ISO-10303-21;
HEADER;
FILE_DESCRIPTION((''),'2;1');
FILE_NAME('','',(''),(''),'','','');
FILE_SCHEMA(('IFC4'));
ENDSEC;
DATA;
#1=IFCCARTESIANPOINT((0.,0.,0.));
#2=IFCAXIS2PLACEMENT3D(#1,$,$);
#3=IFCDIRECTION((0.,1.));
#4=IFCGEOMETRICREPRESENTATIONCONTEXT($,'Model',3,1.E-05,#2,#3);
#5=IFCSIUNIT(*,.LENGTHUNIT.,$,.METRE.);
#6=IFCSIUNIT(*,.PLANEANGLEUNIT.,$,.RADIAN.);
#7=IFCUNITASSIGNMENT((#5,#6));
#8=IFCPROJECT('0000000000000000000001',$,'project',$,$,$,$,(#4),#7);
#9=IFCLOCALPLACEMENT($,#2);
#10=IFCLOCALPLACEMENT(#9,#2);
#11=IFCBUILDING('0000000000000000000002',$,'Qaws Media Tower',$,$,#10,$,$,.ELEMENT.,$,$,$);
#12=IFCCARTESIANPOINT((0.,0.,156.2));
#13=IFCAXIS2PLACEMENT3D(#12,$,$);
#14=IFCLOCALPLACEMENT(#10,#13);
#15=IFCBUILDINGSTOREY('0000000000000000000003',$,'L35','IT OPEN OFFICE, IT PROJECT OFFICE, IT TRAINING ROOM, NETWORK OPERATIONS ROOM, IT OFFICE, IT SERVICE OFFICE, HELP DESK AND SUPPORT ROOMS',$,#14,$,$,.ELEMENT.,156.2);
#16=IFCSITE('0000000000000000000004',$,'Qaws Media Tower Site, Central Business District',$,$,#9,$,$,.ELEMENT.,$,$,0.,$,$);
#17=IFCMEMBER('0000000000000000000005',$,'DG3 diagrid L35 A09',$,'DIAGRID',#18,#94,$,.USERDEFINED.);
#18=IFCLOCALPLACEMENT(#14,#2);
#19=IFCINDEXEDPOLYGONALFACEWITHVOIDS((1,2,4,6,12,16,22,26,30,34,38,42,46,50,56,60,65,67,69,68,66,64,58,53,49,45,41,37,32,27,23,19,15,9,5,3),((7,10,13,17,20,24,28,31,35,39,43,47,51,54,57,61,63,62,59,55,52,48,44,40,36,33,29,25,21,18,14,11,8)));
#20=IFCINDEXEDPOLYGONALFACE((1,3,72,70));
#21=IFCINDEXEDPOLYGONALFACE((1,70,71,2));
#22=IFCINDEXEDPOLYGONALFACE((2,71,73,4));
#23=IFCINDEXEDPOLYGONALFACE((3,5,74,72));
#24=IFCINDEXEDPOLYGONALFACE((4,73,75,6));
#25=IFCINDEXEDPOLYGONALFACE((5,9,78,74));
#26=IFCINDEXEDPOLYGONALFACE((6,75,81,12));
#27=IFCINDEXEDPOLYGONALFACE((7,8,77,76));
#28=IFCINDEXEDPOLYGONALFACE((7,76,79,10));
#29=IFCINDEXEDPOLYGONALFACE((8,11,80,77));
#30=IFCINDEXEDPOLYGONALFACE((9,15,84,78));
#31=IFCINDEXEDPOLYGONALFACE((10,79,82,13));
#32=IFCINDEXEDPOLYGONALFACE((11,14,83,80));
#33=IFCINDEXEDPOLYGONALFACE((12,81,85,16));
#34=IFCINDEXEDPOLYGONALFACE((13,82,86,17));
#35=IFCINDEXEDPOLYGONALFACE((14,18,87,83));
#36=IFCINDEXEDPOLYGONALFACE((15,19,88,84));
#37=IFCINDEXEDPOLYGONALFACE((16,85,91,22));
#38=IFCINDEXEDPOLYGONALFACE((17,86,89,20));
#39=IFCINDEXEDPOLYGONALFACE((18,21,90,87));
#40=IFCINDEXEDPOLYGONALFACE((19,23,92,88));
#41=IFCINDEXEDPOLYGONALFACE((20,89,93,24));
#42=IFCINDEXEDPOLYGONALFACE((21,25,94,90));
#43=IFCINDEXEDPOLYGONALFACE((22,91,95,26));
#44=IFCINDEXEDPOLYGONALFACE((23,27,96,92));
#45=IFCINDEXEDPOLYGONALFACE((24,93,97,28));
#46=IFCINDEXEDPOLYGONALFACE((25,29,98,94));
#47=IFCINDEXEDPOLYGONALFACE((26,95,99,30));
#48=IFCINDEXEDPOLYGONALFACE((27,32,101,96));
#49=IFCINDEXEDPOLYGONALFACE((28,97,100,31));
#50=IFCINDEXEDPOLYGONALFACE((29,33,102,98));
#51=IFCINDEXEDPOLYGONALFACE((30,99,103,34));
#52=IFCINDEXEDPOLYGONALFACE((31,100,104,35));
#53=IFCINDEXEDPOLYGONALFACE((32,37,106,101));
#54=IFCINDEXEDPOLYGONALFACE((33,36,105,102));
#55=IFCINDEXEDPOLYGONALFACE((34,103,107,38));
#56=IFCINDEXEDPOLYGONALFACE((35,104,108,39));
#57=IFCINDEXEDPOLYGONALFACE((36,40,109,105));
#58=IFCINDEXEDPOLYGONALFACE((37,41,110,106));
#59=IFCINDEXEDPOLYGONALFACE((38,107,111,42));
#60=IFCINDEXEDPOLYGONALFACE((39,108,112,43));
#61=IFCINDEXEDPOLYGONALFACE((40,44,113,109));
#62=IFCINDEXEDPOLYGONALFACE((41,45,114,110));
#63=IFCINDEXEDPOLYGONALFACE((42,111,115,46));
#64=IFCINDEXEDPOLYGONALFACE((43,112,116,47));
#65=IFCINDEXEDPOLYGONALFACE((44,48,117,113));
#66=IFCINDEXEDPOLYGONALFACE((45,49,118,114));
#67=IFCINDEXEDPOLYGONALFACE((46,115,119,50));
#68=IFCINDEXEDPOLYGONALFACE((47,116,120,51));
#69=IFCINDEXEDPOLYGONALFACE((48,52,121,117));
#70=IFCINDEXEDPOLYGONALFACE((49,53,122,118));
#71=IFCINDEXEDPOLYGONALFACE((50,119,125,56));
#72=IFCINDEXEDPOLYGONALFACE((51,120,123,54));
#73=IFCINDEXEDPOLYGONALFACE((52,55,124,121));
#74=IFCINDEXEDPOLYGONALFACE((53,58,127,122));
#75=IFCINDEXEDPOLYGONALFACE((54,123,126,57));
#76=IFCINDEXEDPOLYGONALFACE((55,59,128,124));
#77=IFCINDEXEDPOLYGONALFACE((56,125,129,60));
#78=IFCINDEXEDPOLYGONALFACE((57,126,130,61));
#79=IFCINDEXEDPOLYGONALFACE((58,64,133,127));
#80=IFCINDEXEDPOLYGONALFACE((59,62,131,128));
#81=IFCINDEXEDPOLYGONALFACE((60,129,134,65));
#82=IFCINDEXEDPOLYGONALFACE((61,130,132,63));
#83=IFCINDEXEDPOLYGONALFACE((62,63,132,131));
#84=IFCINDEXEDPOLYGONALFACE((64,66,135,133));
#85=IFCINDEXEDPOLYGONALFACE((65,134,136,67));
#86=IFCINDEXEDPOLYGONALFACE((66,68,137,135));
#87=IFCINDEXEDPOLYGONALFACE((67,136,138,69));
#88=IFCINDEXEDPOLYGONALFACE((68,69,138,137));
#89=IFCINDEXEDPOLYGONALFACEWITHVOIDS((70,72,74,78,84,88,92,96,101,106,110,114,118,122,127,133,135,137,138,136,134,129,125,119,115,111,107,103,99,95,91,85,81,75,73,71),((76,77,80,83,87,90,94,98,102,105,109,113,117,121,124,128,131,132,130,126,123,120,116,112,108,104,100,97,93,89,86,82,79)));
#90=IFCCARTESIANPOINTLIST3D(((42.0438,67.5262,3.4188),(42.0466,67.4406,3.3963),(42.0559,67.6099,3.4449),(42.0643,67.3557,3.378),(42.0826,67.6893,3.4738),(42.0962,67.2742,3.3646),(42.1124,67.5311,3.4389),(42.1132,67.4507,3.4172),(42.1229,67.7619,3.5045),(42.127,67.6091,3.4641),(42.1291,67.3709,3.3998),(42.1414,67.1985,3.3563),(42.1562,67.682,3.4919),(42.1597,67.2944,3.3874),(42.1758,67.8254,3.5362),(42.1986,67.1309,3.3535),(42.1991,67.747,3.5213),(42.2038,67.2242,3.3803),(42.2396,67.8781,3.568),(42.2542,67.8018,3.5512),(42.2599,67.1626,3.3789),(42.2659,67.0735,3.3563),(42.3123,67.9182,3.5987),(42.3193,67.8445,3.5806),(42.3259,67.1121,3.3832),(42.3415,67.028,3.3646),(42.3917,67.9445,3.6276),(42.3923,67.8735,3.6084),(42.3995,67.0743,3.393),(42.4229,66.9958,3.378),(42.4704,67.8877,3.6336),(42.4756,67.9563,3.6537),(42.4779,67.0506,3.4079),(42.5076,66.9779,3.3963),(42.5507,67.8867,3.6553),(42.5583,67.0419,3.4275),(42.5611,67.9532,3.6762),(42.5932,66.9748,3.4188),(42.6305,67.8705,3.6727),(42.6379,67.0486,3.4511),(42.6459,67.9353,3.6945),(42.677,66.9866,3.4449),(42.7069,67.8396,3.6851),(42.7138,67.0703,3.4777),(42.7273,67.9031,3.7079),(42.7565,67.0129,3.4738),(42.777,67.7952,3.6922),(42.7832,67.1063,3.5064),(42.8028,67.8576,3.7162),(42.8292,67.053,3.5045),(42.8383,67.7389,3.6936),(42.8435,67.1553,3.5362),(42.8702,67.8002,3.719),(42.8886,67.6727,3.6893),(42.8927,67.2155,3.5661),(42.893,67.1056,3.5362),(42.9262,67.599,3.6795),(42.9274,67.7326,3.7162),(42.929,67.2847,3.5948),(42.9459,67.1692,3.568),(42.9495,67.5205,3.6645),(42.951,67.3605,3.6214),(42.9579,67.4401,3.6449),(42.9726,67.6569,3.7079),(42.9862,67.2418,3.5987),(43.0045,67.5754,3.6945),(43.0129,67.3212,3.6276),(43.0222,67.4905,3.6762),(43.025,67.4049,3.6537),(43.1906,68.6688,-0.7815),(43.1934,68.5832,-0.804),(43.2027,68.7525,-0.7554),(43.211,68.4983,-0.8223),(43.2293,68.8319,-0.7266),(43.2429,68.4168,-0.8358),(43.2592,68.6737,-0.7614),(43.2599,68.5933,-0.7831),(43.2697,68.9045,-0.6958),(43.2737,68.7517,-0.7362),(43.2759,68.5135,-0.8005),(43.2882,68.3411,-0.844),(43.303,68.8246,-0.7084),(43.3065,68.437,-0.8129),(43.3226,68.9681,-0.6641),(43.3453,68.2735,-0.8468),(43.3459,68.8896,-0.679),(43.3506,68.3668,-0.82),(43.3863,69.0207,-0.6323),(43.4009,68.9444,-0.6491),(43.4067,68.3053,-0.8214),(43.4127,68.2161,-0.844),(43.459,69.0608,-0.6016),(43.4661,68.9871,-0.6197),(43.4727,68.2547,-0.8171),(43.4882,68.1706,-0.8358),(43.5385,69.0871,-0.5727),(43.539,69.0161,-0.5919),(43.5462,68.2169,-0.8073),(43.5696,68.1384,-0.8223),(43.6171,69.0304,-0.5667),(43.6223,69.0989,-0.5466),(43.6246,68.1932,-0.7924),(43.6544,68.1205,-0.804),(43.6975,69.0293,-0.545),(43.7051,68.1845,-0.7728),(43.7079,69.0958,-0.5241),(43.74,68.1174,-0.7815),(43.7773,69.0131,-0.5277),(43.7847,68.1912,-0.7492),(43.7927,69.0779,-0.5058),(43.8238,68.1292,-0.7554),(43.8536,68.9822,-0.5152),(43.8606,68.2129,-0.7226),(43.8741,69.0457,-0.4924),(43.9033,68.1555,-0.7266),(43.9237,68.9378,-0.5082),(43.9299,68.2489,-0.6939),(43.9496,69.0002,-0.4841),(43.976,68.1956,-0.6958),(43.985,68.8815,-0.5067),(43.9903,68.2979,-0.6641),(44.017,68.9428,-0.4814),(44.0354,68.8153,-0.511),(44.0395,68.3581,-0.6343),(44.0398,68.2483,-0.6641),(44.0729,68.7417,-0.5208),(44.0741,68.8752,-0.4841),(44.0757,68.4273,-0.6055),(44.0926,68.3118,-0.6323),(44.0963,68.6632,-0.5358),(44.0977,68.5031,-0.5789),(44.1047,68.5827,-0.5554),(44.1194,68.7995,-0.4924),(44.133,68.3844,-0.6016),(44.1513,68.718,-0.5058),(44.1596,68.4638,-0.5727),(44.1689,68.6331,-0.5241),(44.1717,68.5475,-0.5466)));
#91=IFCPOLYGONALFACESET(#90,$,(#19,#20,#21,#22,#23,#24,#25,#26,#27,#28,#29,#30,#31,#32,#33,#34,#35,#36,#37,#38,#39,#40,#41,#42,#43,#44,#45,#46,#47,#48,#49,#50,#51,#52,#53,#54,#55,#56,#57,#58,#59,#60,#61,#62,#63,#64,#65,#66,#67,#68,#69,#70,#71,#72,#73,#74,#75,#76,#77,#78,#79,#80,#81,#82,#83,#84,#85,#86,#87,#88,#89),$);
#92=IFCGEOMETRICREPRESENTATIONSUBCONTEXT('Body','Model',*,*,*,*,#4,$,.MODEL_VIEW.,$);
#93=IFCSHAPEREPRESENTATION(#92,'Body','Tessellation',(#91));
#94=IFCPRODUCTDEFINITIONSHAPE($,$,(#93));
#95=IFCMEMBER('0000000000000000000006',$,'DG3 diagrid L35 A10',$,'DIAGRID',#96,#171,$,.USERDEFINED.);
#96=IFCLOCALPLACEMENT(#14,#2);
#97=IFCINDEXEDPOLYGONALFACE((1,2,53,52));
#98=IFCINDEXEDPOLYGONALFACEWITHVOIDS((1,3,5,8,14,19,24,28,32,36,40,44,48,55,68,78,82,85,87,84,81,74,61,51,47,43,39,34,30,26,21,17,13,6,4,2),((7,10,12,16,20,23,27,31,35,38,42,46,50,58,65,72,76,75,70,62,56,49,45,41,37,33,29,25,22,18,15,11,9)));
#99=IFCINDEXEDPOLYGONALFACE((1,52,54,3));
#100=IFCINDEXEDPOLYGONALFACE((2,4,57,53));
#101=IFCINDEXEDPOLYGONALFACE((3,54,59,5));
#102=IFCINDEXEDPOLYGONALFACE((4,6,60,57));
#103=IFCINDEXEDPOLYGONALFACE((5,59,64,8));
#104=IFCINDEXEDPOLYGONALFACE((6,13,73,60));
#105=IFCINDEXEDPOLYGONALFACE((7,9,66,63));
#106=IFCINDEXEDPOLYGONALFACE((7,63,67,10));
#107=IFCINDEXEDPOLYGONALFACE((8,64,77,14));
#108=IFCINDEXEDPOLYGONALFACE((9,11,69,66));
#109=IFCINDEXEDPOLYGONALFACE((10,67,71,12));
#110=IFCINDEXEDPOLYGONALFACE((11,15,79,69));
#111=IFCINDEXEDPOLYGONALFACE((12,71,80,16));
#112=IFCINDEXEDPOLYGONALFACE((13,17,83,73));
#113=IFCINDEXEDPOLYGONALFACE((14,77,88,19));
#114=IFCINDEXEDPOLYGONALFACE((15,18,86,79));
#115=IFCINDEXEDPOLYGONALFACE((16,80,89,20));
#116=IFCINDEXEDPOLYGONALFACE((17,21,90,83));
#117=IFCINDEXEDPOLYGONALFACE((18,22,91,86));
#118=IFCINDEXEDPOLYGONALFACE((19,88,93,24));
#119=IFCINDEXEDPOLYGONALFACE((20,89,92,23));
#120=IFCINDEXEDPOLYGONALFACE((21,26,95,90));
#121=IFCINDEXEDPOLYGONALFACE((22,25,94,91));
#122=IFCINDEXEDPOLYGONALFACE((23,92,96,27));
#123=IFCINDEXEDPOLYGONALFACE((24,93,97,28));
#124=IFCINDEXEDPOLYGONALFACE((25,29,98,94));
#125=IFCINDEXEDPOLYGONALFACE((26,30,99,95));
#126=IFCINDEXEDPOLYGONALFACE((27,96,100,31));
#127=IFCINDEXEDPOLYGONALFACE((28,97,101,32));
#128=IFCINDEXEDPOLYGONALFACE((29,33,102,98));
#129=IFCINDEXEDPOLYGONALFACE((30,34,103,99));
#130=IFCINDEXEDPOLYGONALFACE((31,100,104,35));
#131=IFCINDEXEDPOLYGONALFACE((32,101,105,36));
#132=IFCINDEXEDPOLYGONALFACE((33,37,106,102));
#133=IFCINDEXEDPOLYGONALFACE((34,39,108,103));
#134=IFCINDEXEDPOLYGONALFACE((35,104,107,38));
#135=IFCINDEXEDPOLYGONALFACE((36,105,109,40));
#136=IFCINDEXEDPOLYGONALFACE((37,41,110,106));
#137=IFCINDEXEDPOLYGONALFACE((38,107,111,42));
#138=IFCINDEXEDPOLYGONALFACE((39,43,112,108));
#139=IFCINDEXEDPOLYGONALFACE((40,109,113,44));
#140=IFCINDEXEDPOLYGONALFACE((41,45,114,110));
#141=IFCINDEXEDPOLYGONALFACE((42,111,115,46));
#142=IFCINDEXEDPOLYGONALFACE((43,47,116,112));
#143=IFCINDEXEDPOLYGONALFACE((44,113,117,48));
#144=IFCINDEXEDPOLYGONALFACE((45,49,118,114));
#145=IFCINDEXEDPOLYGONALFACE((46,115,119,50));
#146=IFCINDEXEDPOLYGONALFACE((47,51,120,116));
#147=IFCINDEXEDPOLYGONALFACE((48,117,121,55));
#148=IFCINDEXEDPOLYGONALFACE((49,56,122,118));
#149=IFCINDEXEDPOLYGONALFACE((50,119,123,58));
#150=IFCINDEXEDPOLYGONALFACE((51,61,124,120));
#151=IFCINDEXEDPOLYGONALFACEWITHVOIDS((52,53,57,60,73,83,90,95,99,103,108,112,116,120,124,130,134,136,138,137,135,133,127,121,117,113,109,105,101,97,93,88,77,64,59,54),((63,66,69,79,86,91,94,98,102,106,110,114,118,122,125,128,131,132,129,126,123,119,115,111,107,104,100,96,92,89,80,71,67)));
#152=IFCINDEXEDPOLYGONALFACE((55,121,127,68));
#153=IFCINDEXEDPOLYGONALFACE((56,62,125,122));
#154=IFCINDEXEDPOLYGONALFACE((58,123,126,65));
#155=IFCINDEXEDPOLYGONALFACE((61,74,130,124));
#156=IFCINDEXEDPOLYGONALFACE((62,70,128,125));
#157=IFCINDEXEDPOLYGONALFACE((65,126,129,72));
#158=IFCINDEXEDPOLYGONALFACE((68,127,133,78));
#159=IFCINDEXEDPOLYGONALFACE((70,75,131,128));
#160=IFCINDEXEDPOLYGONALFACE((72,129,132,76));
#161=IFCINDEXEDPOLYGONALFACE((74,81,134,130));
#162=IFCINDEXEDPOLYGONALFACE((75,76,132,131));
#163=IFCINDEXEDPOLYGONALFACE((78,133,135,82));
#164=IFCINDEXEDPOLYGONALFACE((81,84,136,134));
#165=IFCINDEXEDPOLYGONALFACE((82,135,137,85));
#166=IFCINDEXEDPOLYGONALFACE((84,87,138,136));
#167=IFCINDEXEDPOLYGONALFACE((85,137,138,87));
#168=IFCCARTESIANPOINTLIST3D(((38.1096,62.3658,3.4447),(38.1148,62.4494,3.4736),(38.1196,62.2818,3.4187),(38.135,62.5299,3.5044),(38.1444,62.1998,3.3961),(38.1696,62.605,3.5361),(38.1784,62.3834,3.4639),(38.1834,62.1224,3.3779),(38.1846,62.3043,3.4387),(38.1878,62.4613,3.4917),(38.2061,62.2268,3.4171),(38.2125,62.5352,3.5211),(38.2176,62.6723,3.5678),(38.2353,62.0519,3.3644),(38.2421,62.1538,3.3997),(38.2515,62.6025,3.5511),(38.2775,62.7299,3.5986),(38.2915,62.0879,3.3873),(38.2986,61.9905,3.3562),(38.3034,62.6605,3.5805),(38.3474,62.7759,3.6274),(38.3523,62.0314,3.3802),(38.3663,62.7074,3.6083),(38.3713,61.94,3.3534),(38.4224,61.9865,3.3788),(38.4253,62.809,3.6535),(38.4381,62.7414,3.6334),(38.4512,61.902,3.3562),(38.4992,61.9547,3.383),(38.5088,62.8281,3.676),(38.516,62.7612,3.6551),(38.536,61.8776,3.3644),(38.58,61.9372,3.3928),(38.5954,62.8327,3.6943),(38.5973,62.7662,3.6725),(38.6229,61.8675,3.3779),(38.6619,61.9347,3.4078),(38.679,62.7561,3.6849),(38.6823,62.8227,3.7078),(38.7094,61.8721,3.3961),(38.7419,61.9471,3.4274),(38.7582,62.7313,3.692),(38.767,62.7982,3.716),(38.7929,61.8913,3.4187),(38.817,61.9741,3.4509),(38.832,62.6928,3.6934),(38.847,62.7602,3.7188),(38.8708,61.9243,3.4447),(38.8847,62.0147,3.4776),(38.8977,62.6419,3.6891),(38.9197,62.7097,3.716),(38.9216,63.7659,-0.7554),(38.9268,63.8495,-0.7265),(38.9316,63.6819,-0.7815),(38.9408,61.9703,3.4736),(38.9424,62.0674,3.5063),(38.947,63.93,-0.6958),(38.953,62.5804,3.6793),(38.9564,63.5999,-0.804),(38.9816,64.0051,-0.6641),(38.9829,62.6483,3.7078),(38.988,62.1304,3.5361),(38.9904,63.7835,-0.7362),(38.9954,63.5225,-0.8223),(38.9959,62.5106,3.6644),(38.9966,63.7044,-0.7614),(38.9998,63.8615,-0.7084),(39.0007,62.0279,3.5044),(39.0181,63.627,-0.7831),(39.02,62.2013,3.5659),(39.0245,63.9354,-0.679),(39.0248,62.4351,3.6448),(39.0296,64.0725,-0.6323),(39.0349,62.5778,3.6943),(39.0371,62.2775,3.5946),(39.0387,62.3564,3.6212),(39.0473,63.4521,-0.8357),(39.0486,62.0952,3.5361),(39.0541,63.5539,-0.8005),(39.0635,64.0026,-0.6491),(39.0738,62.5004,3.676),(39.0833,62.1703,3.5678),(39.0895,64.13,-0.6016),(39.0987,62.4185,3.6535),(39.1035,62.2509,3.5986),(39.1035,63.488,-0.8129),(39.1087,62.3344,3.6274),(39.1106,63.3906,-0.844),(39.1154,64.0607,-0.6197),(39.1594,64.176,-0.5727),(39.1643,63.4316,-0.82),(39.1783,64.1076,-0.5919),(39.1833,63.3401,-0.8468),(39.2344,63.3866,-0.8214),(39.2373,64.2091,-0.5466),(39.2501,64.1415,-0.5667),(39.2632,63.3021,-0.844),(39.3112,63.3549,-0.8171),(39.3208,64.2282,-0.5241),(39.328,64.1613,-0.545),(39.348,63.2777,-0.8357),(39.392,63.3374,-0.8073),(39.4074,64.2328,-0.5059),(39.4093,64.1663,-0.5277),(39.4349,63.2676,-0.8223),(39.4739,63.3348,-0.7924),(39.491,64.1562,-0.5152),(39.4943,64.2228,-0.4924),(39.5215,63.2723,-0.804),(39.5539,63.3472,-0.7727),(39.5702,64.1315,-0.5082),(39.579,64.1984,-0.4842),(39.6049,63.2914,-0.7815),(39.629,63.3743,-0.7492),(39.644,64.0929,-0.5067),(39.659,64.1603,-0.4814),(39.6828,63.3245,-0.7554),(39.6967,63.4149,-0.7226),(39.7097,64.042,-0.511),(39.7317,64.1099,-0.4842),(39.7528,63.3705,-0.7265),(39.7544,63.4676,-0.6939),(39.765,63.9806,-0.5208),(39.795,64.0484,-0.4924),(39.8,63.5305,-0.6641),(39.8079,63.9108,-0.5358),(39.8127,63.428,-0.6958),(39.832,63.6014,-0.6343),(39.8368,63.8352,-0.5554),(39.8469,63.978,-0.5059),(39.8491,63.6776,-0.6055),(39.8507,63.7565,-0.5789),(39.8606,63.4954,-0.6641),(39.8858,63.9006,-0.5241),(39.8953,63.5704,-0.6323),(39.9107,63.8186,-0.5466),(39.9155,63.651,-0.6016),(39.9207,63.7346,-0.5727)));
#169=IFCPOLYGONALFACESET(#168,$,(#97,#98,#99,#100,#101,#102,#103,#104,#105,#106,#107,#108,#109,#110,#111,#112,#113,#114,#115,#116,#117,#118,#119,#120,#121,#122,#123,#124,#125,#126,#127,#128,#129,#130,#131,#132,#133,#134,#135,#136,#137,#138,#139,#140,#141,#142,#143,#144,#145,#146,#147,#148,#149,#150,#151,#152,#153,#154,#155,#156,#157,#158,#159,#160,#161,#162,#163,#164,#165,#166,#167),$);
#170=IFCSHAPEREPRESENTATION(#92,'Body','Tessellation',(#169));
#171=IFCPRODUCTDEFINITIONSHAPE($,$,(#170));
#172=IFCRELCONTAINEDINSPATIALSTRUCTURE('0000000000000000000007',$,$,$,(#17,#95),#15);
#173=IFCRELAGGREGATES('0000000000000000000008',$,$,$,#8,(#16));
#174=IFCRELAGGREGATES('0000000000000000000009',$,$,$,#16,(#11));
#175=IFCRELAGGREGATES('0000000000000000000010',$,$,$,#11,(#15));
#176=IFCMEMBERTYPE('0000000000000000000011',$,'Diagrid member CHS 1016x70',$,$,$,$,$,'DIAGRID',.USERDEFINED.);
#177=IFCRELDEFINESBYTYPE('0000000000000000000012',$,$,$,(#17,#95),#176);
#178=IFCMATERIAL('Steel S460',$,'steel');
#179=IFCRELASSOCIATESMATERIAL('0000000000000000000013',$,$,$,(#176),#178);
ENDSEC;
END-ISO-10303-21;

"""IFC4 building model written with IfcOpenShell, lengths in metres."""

from ifc_helpers import new_model, si_unit, direction, frame, origin, origin_2d, place, context, subcontext, project, spatial, hollow_circle, extrude, material, material_profile, profile_set, type_object, element, save


model = new_model("IFC4")

# Units and contexts
model_context = context("Model", 3, precision=1e-05, world=origin(), true_north=direction((0.0, 1.0)))
body_context = subcontext(model_context, "Body", "Model", "MODEL_VIEW")
ifc_project = project(units=[si_unit("LENGTHUNIT", "METRE"), si_unit("PLANEANGLEUNIT", "RADIAN")], contexts=[model_context])

# Site, building, storey
site_placement = place(None, origin())
site = spatial("IfcSite", under=ifc_project, at=site_placement, Name="Qaws Media Tower Site, Central Business District", CompositionType="ELEMENT", RefElevation=0.0)
building_placement = place(site_placement, origin())
building = spatial("IfcBuilding", under=site, at=building_placement, Name="Qaws Media Tower", CompositionType="ELEMENT")
storey_placement = place(building_placement, frame((0.0, 0.0, 156.2)))
storey = spatial("IfcBuildingStorey", under=building, at=storey_placement, Name="L35", Description="IT OPEN OFFICE, IT PROJECT OFFICE, IT TRAINING ROOM, NETWORK OPERATIONS ROOM, IT OFFICE, IT SERVICE OFFICE, HELP DESK AND SUPPORT ROOMS", CompositionType="ELEMENT", Elevation=156.2)

# Members
ifc_material_1 = material(Name="Steel S460", Category="steel")
ifc_material_profile_1 = material_profile(ifc_material_1, hollow_circle(Radius=0.5081, WallThickness=0.0701, at=origin_2d()), Name="CHS 1016x70")
ifc_profile_set_1 = profile_set([ifc_material_profile_1], Name="Steel S460")
member_type_1 = type_object("IfcMemberType", Name="Diagrid member CHS 1016x70", ElementType="DIAGRID", PredefinedType="USERDEFINED", material=ifc_profile_set_1)
member_1_placement = place(storey_placement, frame((43.6812, 68.6082, -0.6641), z_axis=(-0.254752, -0.25383, 0.933098), x_axis=(0.705824, -0.708388, 0.0)))
element("IfcMember", 1, at=member_1_placement, inside=storey, type_object=member_type_1, Name="DG3 diagrid L35 A09", ObjectType="DIAGRID", PredefinedType="USERDEFINED", context=body_context, shape_type="SweptSolid", body=[
    extrude(hollow_circle(Radius=0.5081, WallThickness=0.0701, at=origin_2d()), origin(), (0.0, 0.0, 1.0), 4.5015),
])
member_2_placement = place(storey_placement, frame((39.4211, 63.7502, -0.6641), z_axis=(-0.180396, -0.311056, 0.933114), x_axis=(0.865051, -0.501684, 0.0)))
element("IfcMember", 2, at=member_2_placement, inside=storey, type_object=member_type_1, Name="DG3 diagrid L35 A10", ObjectType="DIAGRID", PredefinedType="USERDEFINED", context=body_context, shape_type="SweptSolid", body=[
    extrude(hollow_circle(Radius=0.5081, WallThickness=0.0701, at=origin_2d()), origin(), (0.0, 0.0, 1.0), 4.5012),
])

save(model, "model.ifc")
